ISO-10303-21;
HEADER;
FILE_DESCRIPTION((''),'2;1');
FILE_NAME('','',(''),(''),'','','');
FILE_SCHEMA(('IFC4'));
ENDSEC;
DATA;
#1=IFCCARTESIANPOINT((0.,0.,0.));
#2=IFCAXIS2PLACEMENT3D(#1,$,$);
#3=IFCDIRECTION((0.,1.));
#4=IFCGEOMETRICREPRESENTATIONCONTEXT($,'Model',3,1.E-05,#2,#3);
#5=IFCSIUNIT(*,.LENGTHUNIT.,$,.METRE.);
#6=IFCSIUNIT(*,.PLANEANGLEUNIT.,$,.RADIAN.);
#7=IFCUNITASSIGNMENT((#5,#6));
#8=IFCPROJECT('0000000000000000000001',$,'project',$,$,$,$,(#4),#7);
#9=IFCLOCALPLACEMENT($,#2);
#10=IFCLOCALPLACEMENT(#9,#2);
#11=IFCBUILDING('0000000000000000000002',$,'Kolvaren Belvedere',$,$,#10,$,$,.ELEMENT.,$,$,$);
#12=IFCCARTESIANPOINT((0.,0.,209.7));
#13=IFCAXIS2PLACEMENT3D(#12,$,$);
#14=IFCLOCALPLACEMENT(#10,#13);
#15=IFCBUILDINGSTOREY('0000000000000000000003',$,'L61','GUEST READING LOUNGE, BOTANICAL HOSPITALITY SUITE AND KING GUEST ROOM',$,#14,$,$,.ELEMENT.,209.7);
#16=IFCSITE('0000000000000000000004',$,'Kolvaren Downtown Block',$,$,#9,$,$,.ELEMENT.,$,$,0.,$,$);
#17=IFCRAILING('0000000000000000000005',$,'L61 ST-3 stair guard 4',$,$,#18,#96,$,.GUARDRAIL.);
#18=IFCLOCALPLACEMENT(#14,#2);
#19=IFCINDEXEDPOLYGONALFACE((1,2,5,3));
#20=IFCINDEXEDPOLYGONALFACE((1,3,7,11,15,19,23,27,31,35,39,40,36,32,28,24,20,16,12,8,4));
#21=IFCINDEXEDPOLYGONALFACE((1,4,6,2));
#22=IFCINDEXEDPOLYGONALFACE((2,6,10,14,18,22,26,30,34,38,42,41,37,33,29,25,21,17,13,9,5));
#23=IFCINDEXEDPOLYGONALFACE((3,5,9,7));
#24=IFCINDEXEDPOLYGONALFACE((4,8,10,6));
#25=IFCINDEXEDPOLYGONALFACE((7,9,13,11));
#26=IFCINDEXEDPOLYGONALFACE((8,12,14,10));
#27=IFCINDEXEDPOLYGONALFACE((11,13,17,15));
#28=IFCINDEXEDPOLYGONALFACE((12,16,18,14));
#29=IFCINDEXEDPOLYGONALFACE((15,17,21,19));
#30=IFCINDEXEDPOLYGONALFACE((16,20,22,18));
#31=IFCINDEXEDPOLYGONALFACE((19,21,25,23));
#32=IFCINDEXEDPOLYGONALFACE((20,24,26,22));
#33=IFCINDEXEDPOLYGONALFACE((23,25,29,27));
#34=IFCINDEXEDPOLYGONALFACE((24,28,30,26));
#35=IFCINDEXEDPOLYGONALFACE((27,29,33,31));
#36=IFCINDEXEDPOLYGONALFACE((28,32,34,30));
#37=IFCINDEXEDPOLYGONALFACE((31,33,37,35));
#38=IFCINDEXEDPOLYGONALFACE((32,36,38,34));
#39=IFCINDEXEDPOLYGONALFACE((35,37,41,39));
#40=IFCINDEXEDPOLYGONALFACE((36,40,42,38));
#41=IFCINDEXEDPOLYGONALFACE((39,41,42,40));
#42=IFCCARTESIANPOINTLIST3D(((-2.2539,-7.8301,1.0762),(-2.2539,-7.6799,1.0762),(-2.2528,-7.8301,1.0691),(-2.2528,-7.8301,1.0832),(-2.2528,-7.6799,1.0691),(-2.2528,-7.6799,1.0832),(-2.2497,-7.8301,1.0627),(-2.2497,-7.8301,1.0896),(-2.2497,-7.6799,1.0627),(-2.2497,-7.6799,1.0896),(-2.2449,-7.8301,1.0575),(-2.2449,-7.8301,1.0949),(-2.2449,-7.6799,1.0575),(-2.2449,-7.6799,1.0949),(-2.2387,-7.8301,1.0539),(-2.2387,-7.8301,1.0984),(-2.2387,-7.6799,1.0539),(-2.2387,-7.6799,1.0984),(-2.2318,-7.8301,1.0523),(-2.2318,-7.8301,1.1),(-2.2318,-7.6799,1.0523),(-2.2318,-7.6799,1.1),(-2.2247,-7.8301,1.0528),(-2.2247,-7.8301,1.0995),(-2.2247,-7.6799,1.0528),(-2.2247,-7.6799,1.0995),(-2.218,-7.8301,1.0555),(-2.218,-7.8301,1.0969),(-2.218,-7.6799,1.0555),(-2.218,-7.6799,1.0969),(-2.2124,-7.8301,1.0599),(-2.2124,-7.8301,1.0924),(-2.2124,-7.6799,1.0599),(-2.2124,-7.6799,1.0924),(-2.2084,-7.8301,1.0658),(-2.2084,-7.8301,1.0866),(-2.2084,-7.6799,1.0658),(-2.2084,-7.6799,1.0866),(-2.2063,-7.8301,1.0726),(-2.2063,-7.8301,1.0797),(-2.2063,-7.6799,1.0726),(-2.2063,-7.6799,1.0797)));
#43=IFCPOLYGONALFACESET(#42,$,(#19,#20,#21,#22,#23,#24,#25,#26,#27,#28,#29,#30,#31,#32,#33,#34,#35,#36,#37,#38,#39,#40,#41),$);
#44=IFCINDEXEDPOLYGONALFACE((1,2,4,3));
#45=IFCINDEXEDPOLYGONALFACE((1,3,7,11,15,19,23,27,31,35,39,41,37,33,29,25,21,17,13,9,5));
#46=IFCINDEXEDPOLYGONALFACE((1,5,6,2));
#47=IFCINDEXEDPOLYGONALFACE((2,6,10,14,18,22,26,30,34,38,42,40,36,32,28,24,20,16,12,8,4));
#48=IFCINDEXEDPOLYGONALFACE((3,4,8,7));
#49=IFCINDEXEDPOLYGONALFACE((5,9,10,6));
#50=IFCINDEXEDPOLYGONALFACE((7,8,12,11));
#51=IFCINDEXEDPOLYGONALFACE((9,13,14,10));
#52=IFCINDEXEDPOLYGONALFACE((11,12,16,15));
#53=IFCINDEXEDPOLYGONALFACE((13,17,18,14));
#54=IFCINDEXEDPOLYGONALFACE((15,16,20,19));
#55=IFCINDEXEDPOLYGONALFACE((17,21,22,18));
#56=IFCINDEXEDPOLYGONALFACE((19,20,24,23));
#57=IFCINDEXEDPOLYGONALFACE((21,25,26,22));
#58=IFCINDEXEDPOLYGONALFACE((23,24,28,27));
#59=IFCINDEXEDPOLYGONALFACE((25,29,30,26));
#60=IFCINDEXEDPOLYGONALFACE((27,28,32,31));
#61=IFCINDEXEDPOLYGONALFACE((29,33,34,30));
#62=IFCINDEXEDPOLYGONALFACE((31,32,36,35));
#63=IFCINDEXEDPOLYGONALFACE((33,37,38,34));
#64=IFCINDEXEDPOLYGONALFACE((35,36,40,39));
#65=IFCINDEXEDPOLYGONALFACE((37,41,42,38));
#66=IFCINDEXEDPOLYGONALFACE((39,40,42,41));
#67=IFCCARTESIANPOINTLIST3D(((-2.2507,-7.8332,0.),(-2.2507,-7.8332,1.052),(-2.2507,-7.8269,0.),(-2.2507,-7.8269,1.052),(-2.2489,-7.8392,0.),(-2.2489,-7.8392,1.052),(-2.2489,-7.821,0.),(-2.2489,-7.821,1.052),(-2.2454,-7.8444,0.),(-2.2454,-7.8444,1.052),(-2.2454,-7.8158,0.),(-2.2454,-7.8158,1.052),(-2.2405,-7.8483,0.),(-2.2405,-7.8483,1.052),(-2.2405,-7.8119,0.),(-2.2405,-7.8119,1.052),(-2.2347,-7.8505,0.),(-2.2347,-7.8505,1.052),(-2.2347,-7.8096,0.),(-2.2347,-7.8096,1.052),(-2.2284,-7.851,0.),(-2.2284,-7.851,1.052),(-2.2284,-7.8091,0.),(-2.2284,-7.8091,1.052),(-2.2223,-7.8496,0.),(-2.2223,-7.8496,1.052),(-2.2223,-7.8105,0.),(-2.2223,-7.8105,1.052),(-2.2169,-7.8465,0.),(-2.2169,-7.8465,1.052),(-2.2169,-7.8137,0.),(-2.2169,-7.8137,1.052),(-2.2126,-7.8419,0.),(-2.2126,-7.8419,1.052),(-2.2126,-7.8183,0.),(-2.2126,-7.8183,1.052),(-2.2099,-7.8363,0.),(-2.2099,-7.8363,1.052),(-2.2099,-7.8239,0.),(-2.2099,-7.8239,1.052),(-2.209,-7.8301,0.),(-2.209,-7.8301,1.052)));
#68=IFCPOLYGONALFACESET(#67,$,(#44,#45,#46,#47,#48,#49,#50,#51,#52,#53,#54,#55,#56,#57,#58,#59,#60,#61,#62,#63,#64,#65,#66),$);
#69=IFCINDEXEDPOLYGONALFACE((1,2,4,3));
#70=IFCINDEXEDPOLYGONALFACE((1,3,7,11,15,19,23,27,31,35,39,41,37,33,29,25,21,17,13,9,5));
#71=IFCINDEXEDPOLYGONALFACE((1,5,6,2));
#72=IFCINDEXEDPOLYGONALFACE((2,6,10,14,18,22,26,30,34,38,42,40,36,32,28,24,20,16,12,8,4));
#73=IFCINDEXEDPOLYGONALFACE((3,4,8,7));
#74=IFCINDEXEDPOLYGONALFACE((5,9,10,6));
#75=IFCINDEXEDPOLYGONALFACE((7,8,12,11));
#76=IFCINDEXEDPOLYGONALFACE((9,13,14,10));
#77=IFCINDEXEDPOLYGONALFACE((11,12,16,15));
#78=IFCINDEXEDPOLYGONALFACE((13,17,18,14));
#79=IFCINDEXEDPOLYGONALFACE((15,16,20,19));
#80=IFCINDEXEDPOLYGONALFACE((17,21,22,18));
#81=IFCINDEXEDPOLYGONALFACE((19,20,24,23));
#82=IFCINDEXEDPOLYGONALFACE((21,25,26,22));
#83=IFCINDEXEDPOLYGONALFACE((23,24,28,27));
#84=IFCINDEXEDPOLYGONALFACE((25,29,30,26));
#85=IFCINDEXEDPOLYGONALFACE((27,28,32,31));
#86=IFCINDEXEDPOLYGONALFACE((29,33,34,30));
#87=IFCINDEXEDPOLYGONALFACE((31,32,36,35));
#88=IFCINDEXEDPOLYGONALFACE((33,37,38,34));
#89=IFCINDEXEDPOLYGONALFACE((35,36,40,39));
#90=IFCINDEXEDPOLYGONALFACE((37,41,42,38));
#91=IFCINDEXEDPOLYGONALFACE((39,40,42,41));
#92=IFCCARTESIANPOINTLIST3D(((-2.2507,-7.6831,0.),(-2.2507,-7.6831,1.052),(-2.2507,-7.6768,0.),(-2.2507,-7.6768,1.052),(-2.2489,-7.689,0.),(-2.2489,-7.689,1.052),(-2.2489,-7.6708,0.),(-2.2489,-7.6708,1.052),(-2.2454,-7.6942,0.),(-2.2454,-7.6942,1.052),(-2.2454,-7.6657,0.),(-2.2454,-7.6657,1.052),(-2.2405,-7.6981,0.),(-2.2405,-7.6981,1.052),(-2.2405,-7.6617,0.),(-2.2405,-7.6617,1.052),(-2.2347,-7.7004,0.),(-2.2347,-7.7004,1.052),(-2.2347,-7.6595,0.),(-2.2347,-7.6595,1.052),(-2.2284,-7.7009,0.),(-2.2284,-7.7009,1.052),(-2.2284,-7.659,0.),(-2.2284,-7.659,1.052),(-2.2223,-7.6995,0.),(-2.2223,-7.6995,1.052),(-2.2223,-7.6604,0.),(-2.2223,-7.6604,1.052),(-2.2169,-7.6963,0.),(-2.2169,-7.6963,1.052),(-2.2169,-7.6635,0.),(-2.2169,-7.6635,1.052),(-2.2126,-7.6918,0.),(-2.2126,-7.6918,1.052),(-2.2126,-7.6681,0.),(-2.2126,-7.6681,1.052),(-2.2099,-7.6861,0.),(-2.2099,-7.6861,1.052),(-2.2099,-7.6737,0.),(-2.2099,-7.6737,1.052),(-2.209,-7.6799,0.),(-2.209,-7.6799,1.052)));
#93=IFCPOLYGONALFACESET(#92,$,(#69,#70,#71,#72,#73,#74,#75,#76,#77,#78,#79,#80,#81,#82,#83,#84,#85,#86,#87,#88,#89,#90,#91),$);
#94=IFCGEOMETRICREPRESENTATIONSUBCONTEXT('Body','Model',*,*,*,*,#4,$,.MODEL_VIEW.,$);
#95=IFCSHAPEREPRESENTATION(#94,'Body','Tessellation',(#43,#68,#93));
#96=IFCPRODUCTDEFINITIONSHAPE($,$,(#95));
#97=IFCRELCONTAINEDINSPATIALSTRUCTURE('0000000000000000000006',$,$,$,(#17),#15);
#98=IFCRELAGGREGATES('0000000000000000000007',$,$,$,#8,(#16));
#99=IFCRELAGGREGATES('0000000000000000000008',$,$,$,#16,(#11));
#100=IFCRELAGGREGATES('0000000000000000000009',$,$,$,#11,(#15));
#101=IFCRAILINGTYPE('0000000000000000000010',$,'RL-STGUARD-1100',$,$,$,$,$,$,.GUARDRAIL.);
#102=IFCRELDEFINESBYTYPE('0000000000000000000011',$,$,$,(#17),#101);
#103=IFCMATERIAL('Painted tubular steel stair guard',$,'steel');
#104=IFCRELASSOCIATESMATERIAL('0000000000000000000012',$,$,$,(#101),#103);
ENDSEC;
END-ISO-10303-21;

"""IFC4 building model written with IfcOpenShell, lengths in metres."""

from ifc_helpers import new_model, si_unit, direction, frame, origin, origin_2d, place, context, subcontext, project, spatial, circle, extrude, material, type_object, element, save


model = new_model("IFC4")

# Units and contexts
model_context = context("Model", 3, precision=1e-05, world=origin(), true_north=direction((0.0, 1.0)))
body_context = subcontext(model_context, "Body", "Model", "MODEL_VIEW")
ifc_project = project(units=[si_unit("LENGTHUNIT", "METRE"), si_unit("PLANEANGLEUNIT", "RADIAN")], contexts=[model_context])

# Site, building, storey
site_placement = place(None, origin())
site = spatial("IfcSite", under=ifc_project, at=site_placement, Name="Kolvaren Downtown Block", CompositionType="ELEMENT", RefElevation=0.0)
building_placement = place(site_placement, origin())
building = spatial("IfcBuilding", under=site, at=building_placement, Name="Kolvaren Belvedere", CompositionType="ELEMENT")
storey_placement = place(building_placement, frame((0.0, 0.0, 209.7)))
storey = spatial("IfcBuildingStorey", under=building, at=storey_placement, Name="L61", Description="GUEST READING LOUNGE, BOTANICAL HOSPITALITY SUITE AND KING GUEST ROOM", CompositionType="ELEMENT", Elevation=209.7)

# Railing
ifc_material_1 = material(Name="Painted tubular steel stair guard", Category="steel")
railing_type_1 = type_object("IfcRailingType", Name="RL-STGUARD-1100", PredefinedType="GUARDRAIL", material=ifc_material_1)
railing_1_placement = place(storey_placement, frame((-2.23, -7.8301, 0.0)))
element("IfcRailing", 1, at=railing_1_placement, inside=storey, type_object=railing_type_1, Name="L61 ST-3 stair guard 4", PredefinedType="GUARDRAIL", context=body_context, shape_type="SweptSolid", body=[
    extrude(circle(Radius=0.0239, at=origin_2d()), frame((0.0, 0.0, 1.0762), z_axis=(0.0, 1.0, 0.0), x_axis=(-1.0, 0.0, 0.0)), (0.0, 0.0, 1.0), 0.1501),
    extrude(circle(Radius=0.021, at=origin_2d()), origin(), (0.0, 0.0, 1.0), 1.052),
    extrude(circle(Radius=0.021, at=origin_2d()), frame((0.0, 0.1501, 0.0)), (0.0, 0.0, 1.0), 1.052),
])

save(model, "model.ifc")
